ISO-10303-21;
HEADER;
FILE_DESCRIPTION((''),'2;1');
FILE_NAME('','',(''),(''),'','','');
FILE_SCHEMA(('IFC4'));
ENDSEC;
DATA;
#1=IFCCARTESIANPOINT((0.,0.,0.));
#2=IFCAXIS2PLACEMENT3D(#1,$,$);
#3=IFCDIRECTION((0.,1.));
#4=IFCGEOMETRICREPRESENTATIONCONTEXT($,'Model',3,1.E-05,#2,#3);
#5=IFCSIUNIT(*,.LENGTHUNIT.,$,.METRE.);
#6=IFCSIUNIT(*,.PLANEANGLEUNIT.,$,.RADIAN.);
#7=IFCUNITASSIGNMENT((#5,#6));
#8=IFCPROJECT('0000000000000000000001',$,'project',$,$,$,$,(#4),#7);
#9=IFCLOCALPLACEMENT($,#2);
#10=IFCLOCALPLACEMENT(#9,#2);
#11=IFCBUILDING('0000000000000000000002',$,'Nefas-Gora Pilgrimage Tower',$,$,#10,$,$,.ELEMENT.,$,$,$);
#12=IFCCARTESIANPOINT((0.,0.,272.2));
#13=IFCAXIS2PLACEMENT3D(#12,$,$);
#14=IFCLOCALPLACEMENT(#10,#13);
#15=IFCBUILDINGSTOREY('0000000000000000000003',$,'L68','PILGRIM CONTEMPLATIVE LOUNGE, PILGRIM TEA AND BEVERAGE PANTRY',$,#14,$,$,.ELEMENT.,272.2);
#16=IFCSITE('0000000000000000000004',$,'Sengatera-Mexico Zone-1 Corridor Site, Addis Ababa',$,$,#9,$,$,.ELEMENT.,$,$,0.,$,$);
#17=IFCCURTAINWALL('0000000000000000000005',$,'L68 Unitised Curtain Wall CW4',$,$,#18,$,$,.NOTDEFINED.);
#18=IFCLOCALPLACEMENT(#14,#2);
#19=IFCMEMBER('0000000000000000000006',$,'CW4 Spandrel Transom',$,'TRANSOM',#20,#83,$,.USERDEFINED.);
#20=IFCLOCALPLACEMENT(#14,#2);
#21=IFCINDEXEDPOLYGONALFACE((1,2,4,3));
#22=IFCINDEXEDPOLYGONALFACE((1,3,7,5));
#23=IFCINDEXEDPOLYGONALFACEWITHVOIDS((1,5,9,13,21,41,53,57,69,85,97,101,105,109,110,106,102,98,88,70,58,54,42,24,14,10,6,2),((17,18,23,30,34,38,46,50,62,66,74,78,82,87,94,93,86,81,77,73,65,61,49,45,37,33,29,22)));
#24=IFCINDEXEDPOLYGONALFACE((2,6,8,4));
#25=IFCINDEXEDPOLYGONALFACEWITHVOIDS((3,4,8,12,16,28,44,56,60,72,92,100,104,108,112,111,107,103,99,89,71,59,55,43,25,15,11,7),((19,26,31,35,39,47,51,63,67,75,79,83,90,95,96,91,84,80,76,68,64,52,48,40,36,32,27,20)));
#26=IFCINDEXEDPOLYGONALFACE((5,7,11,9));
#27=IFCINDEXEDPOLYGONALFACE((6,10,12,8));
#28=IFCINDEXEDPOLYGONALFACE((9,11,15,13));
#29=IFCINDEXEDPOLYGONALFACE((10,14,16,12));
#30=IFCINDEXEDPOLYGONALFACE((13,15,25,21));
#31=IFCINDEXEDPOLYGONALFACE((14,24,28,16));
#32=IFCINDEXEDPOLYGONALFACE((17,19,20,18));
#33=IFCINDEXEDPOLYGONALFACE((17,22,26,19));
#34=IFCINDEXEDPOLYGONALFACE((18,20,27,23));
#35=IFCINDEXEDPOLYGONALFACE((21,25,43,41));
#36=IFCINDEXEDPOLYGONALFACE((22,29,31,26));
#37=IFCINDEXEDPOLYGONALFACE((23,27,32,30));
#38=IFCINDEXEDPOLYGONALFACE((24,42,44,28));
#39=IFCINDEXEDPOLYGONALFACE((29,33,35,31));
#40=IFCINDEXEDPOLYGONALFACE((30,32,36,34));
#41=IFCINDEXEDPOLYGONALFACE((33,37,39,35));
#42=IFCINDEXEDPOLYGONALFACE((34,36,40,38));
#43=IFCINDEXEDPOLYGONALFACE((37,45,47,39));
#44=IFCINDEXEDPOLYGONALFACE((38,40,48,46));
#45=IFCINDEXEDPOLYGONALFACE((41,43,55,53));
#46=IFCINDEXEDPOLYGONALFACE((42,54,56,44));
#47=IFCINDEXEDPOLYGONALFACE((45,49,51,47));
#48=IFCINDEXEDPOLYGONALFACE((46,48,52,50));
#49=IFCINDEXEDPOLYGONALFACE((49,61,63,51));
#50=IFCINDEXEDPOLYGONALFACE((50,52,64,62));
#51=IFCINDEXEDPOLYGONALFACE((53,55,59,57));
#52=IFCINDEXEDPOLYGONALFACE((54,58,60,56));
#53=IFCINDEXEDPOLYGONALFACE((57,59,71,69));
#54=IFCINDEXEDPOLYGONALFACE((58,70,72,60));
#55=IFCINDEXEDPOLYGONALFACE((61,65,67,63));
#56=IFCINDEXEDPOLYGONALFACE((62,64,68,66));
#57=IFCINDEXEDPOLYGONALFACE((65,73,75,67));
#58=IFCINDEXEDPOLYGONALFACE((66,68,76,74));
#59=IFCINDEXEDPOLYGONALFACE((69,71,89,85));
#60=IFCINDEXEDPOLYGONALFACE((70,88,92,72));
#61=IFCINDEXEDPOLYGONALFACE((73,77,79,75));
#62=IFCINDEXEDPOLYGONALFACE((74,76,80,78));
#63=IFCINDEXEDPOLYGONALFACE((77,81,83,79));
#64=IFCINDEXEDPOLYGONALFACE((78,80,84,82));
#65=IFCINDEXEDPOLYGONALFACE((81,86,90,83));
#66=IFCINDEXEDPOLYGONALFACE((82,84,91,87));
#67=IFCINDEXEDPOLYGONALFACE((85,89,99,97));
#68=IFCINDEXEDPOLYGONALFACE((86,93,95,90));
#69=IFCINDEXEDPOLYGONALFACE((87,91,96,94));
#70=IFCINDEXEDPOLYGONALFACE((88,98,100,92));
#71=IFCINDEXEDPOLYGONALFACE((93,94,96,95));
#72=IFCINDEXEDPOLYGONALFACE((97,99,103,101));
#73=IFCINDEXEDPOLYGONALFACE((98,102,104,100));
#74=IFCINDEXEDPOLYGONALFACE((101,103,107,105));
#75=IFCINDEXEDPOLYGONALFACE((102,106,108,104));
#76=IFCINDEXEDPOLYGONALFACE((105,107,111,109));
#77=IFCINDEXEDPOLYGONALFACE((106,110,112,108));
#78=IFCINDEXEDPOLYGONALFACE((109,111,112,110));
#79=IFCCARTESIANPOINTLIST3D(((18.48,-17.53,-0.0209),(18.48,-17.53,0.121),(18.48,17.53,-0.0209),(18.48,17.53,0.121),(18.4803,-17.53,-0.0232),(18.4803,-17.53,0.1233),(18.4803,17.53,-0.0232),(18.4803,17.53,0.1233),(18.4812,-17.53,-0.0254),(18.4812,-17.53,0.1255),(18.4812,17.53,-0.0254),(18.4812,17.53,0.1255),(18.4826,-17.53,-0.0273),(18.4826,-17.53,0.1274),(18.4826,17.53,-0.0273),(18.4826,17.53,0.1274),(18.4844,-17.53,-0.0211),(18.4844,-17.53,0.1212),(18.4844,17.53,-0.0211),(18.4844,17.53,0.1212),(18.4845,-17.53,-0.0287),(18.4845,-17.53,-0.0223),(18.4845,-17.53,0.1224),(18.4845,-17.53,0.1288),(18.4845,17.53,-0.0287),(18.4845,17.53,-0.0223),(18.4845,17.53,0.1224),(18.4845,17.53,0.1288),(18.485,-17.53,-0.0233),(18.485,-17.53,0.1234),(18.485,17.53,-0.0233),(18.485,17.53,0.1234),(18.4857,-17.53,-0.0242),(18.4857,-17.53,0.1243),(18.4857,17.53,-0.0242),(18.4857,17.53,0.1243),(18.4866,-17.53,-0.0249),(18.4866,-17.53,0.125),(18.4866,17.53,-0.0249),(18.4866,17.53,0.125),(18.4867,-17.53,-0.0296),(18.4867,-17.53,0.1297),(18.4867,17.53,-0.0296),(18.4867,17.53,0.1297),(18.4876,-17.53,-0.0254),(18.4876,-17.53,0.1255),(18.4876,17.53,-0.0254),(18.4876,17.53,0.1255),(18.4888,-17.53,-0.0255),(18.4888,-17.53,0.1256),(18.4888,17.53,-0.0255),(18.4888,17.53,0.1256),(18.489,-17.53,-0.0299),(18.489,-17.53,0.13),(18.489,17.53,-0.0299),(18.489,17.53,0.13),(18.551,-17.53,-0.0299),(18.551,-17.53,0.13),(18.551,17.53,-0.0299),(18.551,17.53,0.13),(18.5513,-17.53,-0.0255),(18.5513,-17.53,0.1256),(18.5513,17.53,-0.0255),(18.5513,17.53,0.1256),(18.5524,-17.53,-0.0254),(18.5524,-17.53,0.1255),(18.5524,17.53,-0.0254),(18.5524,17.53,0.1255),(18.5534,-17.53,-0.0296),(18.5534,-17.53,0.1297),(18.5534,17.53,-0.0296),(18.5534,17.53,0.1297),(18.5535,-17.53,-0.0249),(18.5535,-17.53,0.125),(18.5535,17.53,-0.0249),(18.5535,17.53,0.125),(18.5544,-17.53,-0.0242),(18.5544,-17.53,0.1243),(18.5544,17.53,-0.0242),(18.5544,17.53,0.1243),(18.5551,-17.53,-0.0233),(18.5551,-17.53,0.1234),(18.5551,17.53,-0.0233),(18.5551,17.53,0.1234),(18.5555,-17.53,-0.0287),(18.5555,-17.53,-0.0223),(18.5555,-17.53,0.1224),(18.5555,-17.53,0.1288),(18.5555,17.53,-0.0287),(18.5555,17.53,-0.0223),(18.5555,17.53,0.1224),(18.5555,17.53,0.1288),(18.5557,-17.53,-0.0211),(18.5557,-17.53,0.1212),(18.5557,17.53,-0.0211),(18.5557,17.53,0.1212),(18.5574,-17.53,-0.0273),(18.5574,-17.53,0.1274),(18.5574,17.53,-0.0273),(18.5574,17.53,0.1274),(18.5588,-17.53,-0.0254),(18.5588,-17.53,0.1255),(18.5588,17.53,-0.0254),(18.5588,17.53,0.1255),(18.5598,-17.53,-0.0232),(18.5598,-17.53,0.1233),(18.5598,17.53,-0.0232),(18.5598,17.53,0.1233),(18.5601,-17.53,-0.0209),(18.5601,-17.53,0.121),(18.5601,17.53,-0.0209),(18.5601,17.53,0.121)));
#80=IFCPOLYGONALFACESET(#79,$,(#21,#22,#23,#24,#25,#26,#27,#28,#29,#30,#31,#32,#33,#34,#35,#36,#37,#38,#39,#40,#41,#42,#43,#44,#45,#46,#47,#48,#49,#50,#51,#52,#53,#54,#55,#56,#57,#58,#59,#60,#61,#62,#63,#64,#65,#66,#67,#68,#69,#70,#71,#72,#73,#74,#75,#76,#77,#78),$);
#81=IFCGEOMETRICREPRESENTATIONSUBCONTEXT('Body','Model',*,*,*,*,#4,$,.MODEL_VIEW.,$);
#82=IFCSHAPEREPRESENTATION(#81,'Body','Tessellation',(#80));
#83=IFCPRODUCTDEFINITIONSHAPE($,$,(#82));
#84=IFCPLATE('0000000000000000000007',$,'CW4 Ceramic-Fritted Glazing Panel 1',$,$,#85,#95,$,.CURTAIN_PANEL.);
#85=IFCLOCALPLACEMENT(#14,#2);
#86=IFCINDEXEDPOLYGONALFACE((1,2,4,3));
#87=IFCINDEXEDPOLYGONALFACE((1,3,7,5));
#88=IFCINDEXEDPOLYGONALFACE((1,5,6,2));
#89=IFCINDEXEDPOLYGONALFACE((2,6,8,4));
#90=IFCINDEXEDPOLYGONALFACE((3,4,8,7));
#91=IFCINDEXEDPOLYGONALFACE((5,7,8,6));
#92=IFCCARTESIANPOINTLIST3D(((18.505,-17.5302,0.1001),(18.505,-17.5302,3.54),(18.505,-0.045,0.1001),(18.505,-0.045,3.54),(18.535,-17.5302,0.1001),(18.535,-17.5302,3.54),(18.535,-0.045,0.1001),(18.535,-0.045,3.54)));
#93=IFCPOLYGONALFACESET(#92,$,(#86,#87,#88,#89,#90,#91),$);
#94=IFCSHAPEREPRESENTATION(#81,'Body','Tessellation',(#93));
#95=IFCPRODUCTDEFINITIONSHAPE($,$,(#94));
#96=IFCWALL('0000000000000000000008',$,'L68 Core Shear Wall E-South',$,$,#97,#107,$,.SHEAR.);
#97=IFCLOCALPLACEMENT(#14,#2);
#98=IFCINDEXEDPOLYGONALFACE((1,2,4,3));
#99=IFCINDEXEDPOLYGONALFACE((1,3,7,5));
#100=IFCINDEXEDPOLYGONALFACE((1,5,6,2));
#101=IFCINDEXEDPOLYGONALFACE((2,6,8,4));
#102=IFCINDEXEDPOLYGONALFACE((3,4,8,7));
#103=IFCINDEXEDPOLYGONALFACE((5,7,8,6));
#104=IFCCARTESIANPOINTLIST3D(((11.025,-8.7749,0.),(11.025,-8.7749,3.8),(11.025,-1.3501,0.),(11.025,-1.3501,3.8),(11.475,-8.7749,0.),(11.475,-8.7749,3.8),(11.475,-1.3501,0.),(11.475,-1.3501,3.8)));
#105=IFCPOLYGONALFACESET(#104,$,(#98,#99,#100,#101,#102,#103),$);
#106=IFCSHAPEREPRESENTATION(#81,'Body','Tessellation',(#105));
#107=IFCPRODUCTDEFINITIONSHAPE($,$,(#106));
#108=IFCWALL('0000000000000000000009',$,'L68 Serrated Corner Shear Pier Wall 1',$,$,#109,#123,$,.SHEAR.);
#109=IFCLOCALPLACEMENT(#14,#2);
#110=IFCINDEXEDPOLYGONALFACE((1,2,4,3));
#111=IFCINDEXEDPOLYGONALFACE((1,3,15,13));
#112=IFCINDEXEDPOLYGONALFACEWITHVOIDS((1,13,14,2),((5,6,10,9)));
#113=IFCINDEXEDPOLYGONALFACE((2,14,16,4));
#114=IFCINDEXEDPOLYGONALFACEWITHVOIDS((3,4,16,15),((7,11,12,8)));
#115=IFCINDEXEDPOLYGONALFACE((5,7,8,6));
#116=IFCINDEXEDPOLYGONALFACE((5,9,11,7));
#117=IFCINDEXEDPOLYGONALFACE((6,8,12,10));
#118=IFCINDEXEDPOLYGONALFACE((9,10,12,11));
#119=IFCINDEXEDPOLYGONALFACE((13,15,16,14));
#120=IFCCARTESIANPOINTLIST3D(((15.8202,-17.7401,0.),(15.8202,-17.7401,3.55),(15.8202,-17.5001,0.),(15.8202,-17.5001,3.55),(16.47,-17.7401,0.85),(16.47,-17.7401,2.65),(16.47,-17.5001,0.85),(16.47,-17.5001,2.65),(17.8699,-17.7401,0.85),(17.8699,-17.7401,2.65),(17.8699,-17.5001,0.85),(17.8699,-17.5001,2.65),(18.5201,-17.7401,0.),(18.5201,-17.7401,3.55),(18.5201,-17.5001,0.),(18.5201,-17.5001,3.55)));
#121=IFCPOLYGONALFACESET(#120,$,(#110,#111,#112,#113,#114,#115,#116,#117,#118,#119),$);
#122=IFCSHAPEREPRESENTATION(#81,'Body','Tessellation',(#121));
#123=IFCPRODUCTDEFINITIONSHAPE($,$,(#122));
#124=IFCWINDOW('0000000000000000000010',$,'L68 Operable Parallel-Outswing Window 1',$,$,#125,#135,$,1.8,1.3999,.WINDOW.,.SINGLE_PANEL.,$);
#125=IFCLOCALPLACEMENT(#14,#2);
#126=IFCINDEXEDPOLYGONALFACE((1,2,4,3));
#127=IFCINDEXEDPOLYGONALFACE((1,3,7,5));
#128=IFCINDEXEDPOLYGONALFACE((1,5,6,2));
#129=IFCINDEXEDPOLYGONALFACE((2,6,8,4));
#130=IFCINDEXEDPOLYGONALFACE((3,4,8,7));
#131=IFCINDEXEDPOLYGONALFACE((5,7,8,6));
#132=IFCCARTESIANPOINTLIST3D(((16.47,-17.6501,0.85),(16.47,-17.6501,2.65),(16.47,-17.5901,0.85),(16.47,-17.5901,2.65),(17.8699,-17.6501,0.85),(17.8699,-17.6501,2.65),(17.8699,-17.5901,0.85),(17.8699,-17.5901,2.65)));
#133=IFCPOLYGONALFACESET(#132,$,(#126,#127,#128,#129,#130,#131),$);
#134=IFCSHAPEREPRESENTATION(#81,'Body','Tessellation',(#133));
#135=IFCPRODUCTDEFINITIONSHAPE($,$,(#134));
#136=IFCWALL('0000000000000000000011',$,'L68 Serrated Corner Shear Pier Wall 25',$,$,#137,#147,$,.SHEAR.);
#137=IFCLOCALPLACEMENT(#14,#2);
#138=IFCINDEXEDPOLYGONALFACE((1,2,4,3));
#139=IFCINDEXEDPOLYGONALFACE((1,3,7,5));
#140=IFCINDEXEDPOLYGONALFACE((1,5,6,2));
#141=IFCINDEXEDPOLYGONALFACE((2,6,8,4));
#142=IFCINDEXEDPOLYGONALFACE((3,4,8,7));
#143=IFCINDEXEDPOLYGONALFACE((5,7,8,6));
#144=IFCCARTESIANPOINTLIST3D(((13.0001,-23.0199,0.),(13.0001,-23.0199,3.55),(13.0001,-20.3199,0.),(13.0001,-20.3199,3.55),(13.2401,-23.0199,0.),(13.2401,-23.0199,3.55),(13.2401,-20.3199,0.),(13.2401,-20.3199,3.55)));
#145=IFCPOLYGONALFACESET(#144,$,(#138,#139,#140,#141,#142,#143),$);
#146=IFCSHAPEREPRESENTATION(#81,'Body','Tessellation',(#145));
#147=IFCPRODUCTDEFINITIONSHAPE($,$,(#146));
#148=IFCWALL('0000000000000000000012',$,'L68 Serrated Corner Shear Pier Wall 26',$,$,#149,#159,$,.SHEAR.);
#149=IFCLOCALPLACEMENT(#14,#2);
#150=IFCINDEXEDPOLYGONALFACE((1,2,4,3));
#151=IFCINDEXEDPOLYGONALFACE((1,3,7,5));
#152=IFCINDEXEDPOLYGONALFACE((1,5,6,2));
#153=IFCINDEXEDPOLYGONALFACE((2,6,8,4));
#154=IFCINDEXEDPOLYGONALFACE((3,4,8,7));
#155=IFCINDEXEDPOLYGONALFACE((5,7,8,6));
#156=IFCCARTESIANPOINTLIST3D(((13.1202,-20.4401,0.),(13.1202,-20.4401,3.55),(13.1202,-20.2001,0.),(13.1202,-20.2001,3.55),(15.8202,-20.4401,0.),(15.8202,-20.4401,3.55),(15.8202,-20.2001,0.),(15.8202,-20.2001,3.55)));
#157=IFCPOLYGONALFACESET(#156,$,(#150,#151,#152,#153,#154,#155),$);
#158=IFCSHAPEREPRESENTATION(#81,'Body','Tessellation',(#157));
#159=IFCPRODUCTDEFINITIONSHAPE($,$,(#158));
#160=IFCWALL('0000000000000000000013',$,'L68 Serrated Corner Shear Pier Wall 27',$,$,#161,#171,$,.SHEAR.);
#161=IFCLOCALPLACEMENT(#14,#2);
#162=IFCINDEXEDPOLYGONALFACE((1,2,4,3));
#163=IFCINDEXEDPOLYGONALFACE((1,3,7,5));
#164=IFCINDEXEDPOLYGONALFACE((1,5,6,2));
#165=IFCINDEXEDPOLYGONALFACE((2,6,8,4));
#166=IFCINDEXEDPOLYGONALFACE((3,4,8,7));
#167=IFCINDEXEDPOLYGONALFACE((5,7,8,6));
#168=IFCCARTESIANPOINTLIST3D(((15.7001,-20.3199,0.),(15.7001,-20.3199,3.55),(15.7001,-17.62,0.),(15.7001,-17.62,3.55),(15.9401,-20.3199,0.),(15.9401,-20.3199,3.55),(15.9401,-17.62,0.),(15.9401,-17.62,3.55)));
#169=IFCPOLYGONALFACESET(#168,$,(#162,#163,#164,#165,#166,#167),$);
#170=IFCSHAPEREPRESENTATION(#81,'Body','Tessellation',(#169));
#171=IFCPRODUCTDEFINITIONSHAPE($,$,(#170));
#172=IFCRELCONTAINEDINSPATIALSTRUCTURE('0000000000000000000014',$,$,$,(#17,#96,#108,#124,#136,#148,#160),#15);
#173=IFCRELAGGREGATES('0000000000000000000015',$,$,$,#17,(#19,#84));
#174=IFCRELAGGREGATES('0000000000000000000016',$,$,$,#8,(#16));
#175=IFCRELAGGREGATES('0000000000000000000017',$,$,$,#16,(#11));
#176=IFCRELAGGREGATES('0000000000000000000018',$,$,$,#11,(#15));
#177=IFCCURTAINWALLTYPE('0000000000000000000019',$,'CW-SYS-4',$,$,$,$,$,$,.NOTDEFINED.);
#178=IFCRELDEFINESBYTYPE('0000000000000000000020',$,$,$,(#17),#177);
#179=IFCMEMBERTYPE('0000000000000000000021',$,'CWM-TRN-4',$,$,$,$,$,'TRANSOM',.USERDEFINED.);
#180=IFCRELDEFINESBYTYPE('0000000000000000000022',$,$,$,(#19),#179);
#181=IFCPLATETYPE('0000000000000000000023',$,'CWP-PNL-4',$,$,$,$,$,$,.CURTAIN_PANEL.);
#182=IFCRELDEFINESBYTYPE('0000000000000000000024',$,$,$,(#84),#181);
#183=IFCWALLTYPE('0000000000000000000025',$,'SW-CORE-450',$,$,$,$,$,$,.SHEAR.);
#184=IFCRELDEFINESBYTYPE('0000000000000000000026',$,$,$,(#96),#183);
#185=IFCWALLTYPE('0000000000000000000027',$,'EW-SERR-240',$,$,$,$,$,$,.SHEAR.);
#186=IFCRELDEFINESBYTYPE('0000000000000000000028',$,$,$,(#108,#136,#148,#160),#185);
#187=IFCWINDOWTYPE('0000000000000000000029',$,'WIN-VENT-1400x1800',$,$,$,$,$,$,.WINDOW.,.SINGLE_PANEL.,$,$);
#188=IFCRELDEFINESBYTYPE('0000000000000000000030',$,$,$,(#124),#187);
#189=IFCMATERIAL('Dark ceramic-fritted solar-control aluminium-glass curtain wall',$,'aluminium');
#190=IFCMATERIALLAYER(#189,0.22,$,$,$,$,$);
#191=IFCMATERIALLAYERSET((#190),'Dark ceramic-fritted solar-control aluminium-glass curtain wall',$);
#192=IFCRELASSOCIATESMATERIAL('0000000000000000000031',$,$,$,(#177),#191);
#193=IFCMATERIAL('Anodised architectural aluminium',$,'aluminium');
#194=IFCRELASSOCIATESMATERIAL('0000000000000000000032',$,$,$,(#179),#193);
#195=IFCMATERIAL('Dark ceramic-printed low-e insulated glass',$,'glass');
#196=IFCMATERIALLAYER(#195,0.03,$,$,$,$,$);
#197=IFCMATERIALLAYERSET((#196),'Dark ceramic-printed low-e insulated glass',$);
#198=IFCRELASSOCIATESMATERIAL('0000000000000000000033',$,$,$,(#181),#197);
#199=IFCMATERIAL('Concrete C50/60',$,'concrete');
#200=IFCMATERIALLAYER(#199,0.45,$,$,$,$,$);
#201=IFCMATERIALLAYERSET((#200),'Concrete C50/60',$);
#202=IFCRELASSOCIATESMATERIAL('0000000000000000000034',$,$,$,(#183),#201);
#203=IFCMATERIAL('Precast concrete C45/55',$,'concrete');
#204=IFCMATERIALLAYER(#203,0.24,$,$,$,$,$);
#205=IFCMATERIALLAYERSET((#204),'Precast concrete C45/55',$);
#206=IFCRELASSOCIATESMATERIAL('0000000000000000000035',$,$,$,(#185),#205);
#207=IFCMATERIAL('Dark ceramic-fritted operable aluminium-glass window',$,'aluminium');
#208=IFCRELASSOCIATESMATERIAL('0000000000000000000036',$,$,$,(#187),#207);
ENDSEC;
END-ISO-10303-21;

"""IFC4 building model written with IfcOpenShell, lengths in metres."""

from ifc_helpers import new_model, si_unit, direction, frame, frame_2d, origin, origin_2d, place, context, subcontext, project, spatial, rectangle, hollow_rectangle, extrude, source, transform, mapped, material, layer, layer_set, material_profile, profile_set, type_object, element, fill, aggregate, save


model = new_model("IFC4")

# Units and contexts
model_context = context("Model", 3, precision=1e-05, world=origin(), true_north=direction((0.0, 1.0)))
body_context = subcontext(model_context, "Body", "Model", "MODEL_VIEW")
ifc_project = project(units=[si_unit("LENGTHUNIT", "METRE"), si_unit("PLANEANGLEUNIT", "RADIAN")], contexts=[model_context])

# Site, building, storey
site_placement = place(None, origin())
site = spatial("IfcSite", under=ifc_project, at=site_placement, Name="Sengatera-Mexico Zone-1 Corridor Site, Addis Ababa", CompositionType="ELEMENT", RefElevation=0.0)
building_placement = place(site_placement, origin())
building = spatial("IfcBuilding", under=site, at=building_placement, Name="Nefas-Gora Pilgrimage Tower", CompositionType="ELEMENT")
storey_placement = place(building_placement, frame((0.0, 0.0, 272.2)))
storey = spatial("IfcBuildingStorey", under=building, at=storey_placement, Name="L68", Description="PILGRIM CONTEMPLATIVE LOUNGE, PILGRIM TEA AND BEVERAGE PANTRY", CompositionType="ELEMENT", Elevation=272.2)

# Curtain wall
ifc_material_1 = material(Name="Dark ceramic-fritted solar-control aluminium-glass curtain wall", Category="aluminium")
ifc_layer_1 = layer(ifc_material_1, 0.22)
ifc_layer_set_1 = layer_set([ifc_layer_1], Name="Dark ceramic-fritted solar-control aluminium-glass curtain wall")
curtain_wall_type = type_object("IfcCurtainWallType", Name="CW-SYS-4", PredefinedType="NOTDEFINED", material=ifc_layer_set_1)
curtain_wall_1_placement = place(storey_placement, origin())
curtain_wall_1 = element("IfcCurtainWall", 1, at=curtain_wall_1_placement, inside=storey, type_object=curtain_wall_type, Name="L68 Unitised Curtain Wall CW4", PredefinedType="NOTDEFINED")
ifc_material_2 = material(Name="Anodised architectural aluminium", Category="aluminium")

# Member
ifc_material_profile_1 = material_profile(ifc_material_2, hollow_rectangle(XDim=0.0801, YDim=0.1599, WallThickness=0.0044, InnerFilletRadius=0.0044, OuterFilletRadius=0.009, at=origin_2d()), Name="ALU TRANSOM 80x160")
ifc_profile_set_1 = profile_set([ifc_material_profile_1], Name="Anodised architectural aluminium")
member_type_1 = type_object("IfcMemberType", Name="CWM-TRN-4", ElementType="TRANSOM", PredefinedType="USERDEFINED", material=ifc_profile_set_1)
shared_shape_1 = source(origin(), body_context, "Body", "SweptSolid", [
    extrude(hollow_rectangle(XDim=0.0801, YDim=0.1599, WallThickness=0.0044, InnerFilletRadius=0.0044, OuterFilletRadius=0.009, at=origin_2d()), origin(), (0.0, 0.0, 1.0), 35.0601),
])
member_1_placement = place(storey_placement, frame((18.52, -17.53, 0.05), z_axis=(0.0, 1.0, 0.0), x_axis=(-1.0, 0.0, 0.0)))
member_1 = element("IfcMember", 2, at=member_1_placement, type_object=member_type_1, Name="CW4 Spandrel Transom", ObjectType="TRANSOM", PredefinedType="USERDEFINED", context=body_context, shape_type="MappedRepresentation", body=[
    mapped(shared_shape_1, transform((0.0, 0.0, 0.0), x_axis=(1.0, 0.0, 0.0), y_axis=(0.0, 1.0, 0.0), z_axis=(0.0, 0.0, 1.0), scale=1.0)),
])

# Plate
ifc_material_3 = material(Name="Dark ceramic-printed low-e insulated glass", Category="glass")
ifc_layer_2 = layer(ifc_material_3, 0.03)
ifc_layer_set_2 = layer_set([ifc_layer_2], Name="Dark ceramic-printed low-e insulated glass")
plate_type = type_object("IfcPlateType", Name="CWP-PNL-4", PredefinedType="CURTAIN_PANEL", material=ifc_layer_set_2)
shared_shape_2 = source(origin(), body_context, "Body", "SweptSolid", [
    extrude(rectangle(XDim=17.4851, YDim=0.03, at=origin_2d()), origin(), (0.0, 0.0, 1.0), 3.4399),
])
plate_placement = place(storey_placement, frame((18.52, -8.7876, 0.1001), z_axis=(0.0, 0.0, 1.0), x_axis=(0.0, 1.0, 0.0)))
plate = element("IfcPlate", 3, at=plate_placement, type_object=plate_type, Name="CW4 Ceramic-Fritted Glazing Panel 1", PredefinedType="CURTAIN_PANEL", context=body_context, shape_type="MappedRepresentation", body=[
    mapped(shared_shape_2, transform((0.0, 0.0, 0.0), x_axis=(1.0, 0.0, 0.0), y_axis=(0.0, 1.0, 0.0), z_axis=(0.0, 0.0, 1.0), scale=1.0)),
])
aggregate(curtain_wall_1, [member_1, plate])

# Wall
ifc_material_4 = material(Name="Concrete C50/60", Category="concrete")
ifc_layer_3 = layer(ifc_material_4, 0.45)
ifc_layer_set_3 = layer_set([ifc_layer_3], Name="Concrete C50/60")
wall_type_1 = type_object("IfcWallType", Name="SW-CORE-450", PredefinedType="SHEAR", material=ifc_layer_set_3)
shared_shape_3 = source(origin(), body_context, "Body", "SweptSolid", [
    extrude(rectangle(XDim=7.4248, YDim=0.45, at=frame_2d((3.7124, 0.0))), origin(), (0.0, 0.0, 1.0), 3.8),
])
wall_1_placement = place(storey_placement, frame((11.25, -8.7749, 0.0), z_axis=(0.0, 0.0, 1.0), x_axis=(0.0, 1.0, 0.0)))
element("IfcWall", 4, at=wall_1_placement, inside=storey, type_object=wall_type_1, Name="L68 Core Shear Wall E-South", PredefinedType="SHEAR", context=body_context, shape_type="MappedRepresentation", body=[
    mapped(shared_shape_3, transform((0.0, 0.0, 0.0), x_axis=(1.0, 0.0, 0.0), y_axis=(0.0, 1.0, 0.0), z_axis=(0.0, 0.0, 1.0), scale=1.0)),
])

# Wall, opening, window
ifc_material_5 = material(Name="Precast concrete C45/55", Category="concrete")
ifc_layer_4 = layer(ifc_material_5, 0.24)
ifc_layer_set_4 = layer_set([ifc_layer_4], Name="Precast concrete C45/55")
wall_type_2 = type_object("IfcWallType", Name="EW-SERR-240", PredefinedType="SHEAR", material=ifc_layer_set_4)
shared_shape_4 = source(origin(), body_context, "Body", "SweptSolid", [
    extrude(rectangle(XDim=2.7, YDim=0.24, at=frame_2d((1.3501, 0.0))), origin(), (0.0, 0.0, 1.0), 3.55),
])
wall_2_placement = place(storey_placement, frame((15.8201, -17.6201, 0.0), z_axis=(0.0, 0.0, 1.0), x_axis=(1.0, 0.0, 0.0)))
wall_2 = element("IfcWall", 5, at=wall_2_placement, inside=storey, type_object=wall_type_2, Name="L68 Serrated Corner Shear Pier Wall 1", PredefinedType="SHEAR", context=body_context, shape_type="MappedRepresentation", body=[
    mapped(shared_shape_4, transform((0.0, 0.0, 0.0), x_axis=(1.0, 0.0, 0.0), y_axis=(0.0, 1.0, 0.0), z_axis=(0.0, 0.0, 1.0), scale=1.0)),
])
opening_1_placement = place(wall_2_placement, frame((0.6499, 0.0, 0.8501)))
opening_1 = element("IfcOpeningElement", 6, at=opening_1_placement, cuts=wall_2, PredefinedType="OPENING", context=body_context, shape_type="SweptSolid", body=[
    extrude(rectangle(XDim=1.3999, YDim=1.8, at=frame_2d((0.7, 0.8999))), frame((0.0, 0.1299, 0.0), z_axis=(0.0, -1.0, 0.0), x_axis=(1.0, 0.0, 0.0)), (0.0, 0.0, 1.0), 0.26),
])
ifc_material_6 = material(Name="Dark ceramic-fritted operable aluminium-glass window", Category="aluminium")
window_type = type_object("IfcWindowType", Name="WIN-VENT-1400x1800", PartitioningType="SINGLE_PANEL", PredefinedType="WINDOW", material=ifc_material_6)
shared_shape_5 = source(origin(), body_context, "Body", "SweptSolid", [
    extrude(rectangle(XDim=1.3999, YDim=1.8, at=frame_2d((0.7, 0.8999))), frame((0.0, 0.03, 0.0), z_axis=(0.0, -1.0, 0.0), x_axis=(1.0, 0.0, 0.0)), (0.0, 0.0, 1.0), 0.0601),
])
window_placement = place(opening_1_placement, origin())
window = element("IfcWindow", 7, at=window_placement, inside=storey, type_object=window_type, Name="L68 Operable Parallel-Outswing Window 1", OverallHeight=1.8, OverallWidth=1.3999, PartitioningType="SINGLE_PANEL", PredefinedType="WINDOW", context=body_context, shape_type="MappedRepresentation", body=[
    mapped(shared_shape_5, transform((0.0, 0.0, 0.0), x_axis=(1.0, 0.0, 0.0), y_axis=(0.0, 1.0, 0.0), z_axis=(0.0, 0.0, 1.0), scale=1.0)),
])
fill(opening_1, window)

# Walls
for number, where, z_axis, x_axis, name in (
    (8, (13.1201, -23.02, 0.0), (0.0, 0.0, 1.0), (0.0, 1.0, 0.0), "L68 Serrated Corner Shear Pier Wall 25"),
    (9, (13.1201, -20.3201, 0.0), (0.0, 0.0, 1.0), (1.0, 0.0, 0.0), "L68 Serrated Corner Shear Pier Wall 26"),
    (10, (15.8201, -20.3201, 0.0), (0.0, 0.0, 1.0), (0.0, 1.0, 0.0), "L68 Serrated Corner Shear Pier Wall 27"),
):
    element("IfcWall", number, at=place(storey_placement, frame(where, z_axis=z_axis, x_axis=x_axis)), inside=storey, type_object=wall_type_2, Name=name, PredefinedType="SHEAR", context=body_context, shape_type="MappedRepresentation", body=[
        mapped(shared_shape_4, transform((0.0, 0.0, 0.0), x_axis=(1.0, 0.0, 0.0), y_axis=(0.0, 1.0, 0.0), z_axis=(0.0, 0.0, 1.0), scale=1.0)),
    ])

save(model, "model.ifc")
